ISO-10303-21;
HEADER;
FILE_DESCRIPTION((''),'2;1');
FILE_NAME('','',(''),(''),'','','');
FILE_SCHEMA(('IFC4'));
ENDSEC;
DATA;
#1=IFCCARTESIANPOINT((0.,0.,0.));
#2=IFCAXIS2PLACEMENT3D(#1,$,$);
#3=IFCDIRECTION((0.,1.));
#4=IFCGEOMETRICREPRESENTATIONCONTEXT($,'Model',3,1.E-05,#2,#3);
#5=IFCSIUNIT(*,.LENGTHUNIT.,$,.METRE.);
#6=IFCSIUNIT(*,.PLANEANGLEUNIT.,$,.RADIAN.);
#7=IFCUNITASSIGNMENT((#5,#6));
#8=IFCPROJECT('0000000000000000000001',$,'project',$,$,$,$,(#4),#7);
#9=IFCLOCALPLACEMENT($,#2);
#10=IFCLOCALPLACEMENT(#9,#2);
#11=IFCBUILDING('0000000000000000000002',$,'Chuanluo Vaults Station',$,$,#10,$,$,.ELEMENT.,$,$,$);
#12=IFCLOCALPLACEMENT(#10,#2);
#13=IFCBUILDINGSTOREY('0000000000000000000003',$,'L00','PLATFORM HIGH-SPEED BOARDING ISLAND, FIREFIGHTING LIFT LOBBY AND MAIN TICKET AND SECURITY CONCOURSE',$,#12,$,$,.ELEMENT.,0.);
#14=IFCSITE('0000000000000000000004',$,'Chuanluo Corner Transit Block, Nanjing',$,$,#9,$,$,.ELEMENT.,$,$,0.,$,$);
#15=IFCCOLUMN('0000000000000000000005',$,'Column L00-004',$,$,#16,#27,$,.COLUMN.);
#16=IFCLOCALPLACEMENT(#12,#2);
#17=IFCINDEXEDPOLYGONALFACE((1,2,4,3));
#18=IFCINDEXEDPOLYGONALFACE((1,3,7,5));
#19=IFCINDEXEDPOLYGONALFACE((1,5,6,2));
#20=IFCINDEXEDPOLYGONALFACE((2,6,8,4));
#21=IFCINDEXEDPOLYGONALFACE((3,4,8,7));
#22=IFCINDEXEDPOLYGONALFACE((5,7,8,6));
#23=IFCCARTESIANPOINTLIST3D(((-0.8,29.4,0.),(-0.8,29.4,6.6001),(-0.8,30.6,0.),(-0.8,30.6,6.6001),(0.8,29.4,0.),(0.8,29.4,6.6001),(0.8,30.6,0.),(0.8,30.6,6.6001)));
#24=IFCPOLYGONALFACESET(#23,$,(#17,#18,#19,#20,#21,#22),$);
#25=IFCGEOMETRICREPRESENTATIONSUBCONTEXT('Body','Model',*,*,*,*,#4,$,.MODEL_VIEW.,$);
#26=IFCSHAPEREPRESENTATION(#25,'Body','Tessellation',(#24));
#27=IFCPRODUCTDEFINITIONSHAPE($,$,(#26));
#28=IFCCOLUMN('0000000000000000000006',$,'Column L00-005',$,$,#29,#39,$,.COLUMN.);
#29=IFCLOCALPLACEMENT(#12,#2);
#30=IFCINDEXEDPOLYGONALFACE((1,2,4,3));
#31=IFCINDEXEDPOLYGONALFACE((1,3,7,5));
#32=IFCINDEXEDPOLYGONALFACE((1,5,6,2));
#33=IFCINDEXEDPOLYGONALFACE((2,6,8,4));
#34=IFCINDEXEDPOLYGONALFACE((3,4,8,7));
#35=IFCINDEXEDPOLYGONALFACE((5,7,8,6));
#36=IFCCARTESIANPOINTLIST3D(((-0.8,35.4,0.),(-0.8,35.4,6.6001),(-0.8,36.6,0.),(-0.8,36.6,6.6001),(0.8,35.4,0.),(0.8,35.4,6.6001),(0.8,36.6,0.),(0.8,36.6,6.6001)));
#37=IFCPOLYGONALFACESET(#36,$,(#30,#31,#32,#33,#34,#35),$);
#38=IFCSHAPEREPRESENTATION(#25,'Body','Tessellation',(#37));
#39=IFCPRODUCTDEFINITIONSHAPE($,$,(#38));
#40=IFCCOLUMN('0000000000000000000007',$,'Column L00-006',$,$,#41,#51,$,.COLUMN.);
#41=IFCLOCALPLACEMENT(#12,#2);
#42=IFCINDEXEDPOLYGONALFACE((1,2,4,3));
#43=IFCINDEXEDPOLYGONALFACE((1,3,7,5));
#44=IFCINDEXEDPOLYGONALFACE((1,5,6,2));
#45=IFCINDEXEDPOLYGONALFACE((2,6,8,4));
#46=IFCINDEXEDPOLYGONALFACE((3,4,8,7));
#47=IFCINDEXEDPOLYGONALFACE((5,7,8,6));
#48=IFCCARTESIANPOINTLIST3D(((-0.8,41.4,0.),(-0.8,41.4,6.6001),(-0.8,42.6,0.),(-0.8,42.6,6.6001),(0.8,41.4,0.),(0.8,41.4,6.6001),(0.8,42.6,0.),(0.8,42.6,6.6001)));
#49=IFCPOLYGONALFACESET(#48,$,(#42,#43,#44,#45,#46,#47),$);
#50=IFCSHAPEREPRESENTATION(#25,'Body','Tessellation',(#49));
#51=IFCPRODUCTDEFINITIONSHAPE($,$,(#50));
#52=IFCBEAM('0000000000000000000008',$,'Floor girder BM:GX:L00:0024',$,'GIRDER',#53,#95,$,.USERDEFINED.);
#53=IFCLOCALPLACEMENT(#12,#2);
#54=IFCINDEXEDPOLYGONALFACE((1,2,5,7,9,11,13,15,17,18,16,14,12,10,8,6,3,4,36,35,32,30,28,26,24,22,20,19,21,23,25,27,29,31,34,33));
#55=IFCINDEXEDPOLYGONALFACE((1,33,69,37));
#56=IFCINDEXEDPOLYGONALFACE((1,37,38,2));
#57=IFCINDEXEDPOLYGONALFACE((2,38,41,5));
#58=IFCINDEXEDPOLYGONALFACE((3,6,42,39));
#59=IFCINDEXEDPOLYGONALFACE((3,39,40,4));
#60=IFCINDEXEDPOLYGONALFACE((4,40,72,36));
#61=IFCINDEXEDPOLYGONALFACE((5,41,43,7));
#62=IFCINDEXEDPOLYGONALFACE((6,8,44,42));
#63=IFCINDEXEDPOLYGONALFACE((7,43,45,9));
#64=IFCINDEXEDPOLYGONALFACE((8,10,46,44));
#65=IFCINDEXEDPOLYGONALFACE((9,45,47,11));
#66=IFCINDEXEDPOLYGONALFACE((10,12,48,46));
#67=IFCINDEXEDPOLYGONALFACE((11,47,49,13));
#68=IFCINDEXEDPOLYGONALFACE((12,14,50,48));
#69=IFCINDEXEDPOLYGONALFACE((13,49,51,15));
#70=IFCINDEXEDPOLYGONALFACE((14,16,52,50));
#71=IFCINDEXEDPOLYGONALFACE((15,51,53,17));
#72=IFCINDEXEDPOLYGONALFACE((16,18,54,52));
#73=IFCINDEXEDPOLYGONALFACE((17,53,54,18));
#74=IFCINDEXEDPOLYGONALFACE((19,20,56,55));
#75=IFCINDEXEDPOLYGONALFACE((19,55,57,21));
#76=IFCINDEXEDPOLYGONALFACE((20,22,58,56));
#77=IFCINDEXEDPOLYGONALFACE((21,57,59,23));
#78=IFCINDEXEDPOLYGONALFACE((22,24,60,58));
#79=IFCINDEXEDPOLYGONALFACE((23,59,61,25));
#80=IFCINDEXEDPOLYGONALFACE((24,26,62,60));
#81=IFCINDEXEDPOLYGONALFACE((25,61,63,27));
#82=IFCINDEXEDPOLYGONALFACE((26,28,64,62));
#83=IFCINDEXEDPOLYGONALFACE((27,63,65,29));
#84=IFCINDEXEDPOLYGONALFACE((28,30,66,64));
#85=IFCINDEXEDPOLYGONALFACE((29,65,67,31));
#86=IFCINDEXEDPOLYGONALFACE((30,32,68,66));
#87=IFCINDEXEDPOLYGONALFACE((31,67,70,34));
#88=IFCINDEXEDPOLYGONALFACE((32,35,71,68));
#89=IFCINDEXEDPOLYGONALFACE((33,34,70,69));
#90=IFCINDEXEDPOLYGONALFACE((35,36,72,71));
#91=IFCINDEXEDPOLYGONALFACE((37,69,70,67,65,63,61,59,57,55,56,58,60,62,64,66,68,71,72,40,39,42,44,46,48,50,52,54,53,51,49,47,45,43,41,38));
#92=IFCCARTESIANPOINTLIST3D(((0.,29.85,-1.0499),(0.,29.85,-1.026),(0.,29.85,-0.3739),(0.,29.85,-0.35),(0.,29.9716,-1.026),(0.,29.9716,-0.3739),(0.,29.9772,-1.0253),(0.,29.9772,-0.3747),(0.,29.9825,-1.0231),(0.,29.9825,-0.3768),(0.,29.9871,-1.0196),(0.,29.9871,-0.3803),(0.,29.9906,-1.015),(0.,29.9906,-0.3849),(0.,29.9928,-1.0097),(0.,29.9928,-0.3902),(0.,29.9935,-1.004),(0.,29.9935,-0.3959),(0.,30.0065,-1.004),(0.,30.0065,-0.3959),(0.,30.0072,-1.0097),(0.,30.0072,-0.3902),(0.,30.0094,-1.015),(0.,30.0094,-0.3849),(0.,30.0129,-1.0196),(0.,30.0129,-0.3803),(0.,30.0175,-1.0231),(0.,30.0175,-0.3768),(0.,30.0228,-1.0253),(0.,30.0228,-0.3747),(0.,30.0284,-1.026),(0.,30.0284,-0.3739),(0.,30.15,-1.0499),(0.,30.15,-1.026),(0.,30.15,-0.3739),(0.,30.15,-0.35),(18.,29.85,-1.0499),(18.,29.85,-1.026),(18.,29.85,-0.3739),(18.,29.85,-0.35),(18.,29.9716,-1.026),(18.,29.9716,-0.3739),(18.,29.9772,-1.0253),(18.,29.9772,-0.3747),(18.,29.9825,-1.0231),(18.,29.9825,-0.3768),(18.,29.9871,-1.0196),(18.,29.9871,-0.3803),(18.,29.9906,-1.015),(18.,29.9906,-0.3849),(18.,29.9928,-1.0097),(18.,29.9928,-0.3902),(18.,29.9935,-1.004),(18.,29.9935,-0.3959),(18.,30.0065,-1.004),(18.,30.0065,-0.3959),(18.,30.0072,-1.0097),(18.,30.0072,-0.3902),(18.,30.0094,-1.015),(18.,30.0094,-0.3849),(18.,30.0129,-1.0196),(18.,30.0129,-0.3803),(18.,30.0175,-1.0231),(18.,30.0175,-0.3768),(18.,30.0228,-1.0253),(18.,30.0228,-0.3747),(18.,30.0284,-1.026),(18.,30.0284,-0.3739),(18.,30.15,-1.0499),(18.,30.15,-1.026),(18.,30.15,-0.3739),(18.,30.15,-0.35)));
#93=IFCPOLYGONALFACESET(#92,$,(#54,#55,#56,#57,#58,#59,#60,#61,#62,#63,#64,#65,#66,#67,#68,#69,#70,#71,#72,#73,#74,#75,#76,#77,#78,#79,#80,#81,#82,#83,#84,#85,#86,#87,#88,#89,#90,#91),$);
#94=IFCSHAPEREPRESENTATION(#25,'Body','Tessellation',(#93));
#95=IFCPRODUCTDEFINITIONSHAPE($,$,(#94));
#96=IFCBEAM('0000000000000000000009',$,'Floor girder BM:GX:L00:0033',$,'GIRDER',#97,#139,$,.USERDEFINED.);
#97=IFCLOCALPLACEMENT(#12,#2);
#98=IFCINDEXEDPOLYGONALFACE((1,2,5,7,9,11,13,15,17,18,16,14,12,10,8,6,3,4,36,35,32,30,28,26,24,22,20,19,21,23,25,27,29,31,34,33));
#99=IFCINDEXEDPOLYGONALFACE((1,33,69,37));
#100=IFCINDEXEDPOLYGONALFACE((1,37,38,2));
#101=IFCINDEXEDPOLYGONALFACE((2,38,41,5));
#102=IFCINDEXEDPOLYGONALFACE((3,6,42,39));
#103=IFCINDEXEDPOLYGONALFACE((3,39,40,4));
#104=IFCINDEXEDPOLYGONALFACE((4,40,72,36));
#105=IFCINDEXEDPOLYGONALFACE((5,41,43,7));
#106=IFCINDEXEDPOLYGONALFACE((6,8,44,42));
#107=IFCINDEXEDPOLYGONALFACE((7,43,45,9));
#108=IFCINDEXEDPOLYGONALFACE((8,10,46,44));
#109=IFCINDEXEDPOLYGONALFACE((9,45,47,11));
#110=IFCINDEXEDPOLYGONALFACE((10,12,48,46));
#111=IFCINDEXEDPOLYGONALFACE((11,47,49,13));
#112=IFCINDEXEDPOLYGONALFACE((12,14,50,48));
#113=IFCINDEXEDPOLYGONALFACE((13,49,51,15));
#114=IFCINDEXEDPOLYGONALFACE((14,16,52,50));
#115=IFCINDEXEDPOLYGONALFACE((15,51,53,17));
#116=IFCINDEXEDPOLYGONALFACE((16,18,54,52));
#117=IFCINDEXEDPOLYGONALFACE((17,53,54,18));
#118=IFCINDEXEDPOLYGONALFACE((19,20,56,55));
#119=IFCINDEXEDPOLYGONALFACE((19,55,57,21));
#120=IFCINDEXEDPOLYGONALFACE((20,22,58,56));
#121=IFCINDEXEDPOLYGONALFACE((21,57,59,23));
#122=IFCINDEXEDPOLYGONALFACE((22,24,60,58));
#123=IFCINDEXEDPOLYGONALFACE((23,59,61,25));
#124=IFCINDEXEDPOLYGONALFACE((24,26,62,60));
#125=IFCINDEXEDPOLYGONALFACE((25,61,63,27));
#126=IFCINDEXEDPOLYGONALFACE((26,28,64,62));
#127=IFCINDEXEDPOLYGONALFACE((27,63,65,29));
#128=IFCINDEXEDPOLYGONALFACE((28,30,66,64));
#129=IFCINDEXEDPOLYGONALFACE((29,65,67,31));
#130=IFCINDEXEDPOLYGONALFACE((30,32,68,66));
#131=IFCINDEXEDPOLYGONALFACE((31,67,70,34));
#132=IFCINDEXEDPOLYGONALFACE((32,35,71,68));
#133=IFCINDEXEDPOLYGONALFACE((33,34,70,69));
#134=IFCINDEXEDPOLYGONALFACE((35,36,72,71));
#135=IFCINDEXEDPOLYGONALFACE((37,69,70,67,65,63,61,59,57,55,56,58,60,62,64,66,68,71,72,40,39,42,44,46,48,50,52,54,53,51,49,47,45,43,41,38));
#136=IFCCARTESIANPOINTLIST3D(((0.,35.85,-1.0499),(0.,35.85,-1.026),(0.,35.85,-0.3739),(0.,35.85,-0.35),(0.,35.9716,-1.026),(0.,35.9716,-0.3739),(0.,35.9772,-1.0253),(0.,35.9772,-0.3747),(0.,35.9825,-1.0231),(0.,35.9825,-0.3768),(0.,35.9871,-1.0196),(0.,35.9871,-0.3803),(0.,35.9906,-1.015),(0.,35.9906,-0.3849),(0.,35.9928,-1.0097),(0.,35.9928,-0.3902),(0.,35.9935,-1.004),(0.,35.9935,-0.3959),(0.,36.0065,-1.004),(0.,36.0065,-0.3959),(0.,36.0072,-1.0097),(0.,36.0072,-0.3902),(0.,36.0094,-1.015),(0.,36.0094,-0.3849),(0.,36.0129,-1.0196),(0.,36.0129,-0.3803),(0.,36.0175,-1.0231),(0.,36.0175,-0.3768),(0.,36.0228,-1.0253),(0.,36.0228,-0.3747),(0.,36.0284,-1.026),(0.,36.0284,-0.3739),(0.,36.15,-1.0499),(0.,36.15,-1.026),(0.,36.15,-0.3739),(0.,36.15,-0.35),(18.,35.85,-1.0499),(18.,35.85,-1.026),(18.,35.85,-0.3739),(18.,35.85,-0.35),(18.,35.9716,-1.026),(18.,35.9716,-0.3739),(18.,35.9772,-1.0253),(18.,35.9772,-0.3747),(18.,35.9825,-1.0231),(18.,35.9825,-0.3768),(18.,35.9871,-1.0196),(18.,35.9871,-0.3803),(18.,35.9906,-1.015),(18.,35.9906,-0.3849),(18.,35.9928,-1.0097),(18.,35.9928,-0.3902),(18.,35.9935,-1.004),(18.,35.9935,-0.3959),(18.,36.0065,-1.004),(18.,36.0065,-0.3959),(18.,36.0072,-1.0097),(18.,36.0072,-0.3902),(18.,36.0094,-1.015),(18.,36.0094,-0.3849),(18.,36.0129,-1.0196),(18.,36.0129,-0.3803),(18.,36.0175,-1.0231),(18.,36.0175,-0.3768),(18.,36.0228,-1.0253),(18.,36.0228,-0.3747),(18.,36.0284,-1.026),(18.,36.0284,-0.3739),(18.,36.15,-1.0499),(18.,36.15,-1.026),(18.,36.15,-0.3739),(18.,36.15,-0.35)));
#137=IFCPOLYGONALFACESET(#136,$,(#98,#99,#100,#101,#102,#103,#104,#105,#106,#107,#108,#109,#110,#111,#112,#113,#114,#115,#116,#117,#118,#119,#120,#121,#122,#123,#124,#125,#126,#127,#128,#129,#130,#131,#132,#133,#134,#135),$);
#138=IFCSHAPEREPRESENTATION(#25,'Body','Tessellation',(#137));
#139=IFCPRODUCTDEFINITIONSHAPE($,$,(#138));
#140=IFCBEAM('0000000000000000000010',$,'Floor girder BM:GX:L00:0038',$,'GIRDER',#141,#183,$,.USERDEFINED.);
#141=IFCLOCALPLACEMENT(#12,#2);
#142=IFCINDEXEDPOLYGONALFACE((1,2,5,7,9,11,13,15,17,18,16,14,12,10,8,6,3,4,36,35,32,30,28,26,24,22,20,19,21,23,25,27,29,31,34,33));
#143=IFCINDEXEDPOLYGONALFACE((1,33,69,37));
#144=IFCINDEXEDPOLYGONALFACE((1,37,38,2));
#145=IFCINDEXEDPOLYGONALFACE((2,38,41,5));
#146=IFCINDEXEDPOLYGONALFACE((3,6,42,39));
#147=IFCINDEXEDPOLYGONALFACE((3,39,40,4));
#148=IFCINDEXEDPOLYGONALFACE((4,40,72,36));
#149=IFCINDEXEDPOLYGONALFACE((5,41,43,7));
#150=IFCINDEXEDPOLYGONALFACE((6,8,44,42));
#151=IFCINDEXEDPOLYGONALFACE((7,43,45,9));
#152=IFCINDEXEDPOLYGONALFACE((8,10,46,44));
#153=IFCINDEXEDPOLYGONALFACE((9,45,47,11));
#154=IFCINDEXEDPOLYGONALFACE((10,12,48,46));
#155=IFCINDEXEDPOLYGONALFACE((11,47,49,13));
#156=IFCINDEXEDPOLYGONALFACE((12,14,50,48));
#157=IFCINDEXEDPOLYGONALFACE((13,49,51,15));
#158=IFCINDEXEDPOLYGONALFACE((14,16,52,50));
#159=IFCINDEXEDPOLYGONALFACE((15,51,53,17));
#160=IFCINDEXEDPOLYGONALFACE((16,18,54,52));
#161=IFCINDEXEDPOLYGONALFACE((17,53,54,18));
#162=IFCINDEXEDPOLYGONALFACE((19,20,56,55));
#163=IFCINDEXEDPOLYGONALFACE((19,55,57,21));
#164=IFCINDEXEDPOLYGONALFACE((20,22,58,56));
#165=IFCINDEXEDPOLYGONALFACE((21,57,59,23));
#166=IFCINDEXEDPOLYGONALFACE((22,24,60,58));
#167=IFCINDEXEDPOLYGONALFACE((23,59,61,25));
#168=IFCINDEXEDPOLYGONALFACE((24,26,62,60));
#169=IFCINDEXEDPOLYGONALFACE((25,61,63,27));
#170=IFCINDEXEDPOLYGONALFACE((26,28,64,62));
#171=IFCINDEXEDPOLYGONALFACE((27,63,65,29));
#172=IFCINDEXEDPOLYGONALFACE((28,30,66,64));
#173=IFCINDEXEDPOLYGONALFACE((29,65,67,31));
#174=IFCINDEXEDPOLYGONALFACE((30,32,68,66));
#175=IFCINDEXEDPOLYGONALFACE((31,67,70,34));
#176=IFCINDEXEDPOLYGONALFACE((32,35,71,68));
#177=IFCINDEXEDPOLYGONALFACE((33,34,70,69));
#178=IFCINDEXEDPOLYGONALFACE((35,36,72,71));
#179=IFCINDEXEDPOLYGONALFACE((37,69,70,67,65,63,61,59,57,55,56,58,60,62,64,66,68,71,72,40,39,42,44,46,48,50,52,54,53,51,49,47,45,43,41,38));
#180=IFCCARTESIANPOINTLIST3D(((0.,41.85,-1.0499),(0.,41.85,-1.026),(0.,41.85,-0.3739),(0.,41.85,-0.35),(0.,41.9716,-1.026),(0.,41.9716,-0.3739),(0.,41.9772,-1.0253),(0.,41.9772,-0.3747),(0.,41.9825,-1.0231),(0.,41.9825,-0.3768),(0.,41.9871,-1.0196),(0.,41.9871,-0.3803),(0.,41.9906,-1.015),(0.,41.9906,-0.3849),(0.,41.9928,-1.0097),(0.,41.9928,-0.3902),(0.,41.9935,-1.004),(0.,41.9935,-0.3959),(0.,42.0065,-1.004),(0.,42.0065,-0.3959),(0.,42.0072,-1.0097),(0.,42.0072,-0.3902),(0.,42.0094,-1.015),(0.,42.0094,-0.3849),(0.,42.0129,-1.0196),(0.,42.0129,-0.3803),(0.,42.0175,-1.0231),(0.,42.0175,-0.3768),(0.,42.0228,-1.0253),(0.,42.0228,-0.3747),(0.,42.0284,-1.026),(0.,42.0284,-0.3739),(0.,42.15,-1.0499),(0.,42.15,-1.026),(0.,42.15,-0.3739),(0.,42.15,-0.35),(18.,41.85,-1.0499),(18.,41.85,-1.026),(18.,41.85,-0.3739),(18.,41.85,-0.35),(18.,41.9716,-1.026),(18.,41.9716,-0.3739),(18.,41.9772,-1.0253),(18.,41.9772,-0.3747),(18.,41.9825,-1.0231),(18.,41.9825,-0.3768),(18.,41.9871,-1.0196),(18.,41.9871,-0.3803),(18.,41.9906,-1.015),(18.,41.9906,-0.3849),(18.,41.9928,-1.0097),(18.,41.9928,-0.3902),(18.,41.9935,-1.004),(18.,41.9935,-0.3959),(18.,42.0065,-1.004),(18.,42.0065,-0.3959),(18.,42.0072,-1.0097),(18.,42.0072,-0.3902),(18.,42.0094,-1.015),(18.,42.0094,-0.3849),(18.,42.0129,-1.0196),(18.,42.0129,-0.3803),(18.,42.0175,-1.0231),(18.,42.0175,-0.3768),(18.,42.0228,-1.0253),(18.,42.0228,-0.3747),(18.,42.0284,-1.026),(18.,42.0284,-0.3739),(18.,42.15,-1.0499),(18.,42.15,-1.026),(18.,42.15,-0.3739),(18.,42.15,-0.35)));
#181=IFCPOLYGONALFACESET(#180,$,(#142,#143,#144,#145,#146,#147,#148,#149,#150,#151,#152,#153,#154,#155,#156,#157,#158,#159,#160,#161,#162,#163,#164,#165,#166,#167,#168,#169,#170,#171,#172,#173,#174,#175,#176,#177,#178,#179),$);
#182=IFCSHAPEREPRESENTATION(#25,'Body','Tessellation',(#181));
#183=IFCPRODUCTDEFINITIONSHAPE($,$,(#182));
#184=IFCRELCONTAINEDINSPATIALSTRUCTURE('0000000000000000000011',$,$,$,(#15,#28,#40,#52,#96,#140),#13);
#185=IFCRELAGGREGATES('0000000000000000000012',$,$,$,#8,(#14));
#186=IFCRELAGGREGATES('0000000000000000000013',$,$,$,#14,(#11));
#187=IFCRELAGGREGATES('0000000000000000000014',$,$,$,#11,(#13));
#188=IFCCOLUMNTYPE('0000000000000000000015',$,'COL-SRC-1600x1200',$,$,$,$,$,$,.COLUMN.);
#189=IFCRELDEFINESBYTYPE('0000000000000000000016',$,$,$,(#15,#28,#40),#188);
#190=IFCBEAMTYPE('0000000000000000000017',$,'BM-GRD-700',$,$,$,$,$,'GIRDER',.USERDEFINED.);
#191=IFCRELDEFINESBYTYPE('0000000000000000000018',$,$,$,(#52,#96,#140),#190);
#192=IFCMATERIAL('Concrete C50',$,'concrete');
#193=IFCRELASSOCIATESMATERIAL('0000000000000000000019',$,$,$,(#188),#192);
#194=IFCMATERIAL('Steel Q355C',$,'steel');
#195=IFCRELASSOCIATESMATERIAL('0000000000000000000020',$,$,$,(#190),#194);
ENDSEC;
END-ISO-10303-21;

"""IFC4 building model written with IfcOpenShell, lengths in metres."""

from ifc_helpers import new_model, si_unit, direction, frame, origin, origin_2d, place, context, subcontext, project, spatial, rectangle, i_section, extrude, material, material_profile, profile_set, type_object, element, save


model = new_model("IFC4")

# Units and contexts
model_context = context("Model", 3, precision=1e-05, world=origin(), true_north=direction((0.0, 1.0)))
body_context = subcontext(model_context, "Body", "Model", "MODEL_VIEW")
ifc_project = project(units=[si_unit("LENGTHUNIT", "METRE"), si_unit("PLANEANGLEUNIT", "RADIAN")], contexts=[model_context])

# Site, building, storey
site_placement = place(None, origin())
site = spatial("IfcSite", under=ifc_project, at=site_placement, Name="Chuanluo Corner Transit Block, Nanjing", CompositionType="ELEMENT", RefElevation=0.0)
building_placement = place(site_placement, origin())
building = spatial("IfcBuilding", under=site, at=building_placement, Name="Chuanluo Vaults Station", CompositionType="ELEMENT")
storey_placement = place(building_placement, origin())
storey = spatial("IfcBuildingStorey", under=building, at=storey_placement, Name="L00", Description="PLATFORM HIGH-SPEED BOARDING ISLAND, FIREFIGHTING LIFT LOBBY AND MAIN TICKET AND SECURITY CONCOURSE", CompositionType="ELEMENT", Elevation=0.0)

# Columns
ifc_material_1 = material(Name="Concrete C50", Category="concrete")
ifc_material_profile_1 = material_profile(ifc_material_1, rectangle(XDim=1.6001, YDim=1.2, at=origin_2d()))
ifc_profile_set_1 = profile_set([ifc_material_profile_1], Name="Concrete C50")
column_type = type_object("IfcColumnType", Name="COL-SRC-1600x1200", PredefinedType="COLUMN", material=ifc_profile_set_1)
for number, where, z_axis, x_axis, name in (
    (1, (0.0, 30.0, 0.0), (0.0, 0.0, 1.0), (1.0, 0.0, 0.0), "Column L00-004"),
    (2, (0.0, 36.0, 0.0), (0.0, 0.0, 1.0), (1.0, 0.0, 0.0), "Column L00-005"),
    (3, (0.0, 42.0, 0.0), (0.0, 0.0, 1.0), (1.0, 0.0, 0.0), "Column L00-006"),
):
    element("IfcColumn", number, at=place(storey_placement, frame(where, z_axis=z_axis, x_axis=x_axis)), inside=storey, type_object=column_type, Name=name, PredefinedType="COLUMN", context=body_context, shape_type="SweptSolid", body=[
        extrude(rectangle(XDim=1.6001, YDim=1.2, at=origin_2d()), origin(), (0.0, 0.0, 1.0), 6.6001),
    ])

# Beams
ifc_material_2 = material(Name="Steel Q355C", Category="steel")
ifc_material_profile_2 = material_profile(ifc_material_2, i_section(OverallWidth=0.3, OverallDepth=0.7, WebThickness=0.0129, FlangeThickness=0.0239, FilletRadius=0.022, at=origin_2d()))
ifc_profile_set_2 = profile_set([ifc_material_profile_2], Name="Steel Q355C")
beam_type_1 = type_object("IfcBeamType", Name="BM-GRD-700", ElementType="GIRDER", PredefinedType="USERDEFINED", material=ifc_profile_set_2)
for number, where, z_axis, x_axis, name in (
    (4, (0.0, 30.0, -0.7), (1.0, 0.0, 0.0), (0.0, 1.0, 0.0), "Floor girder BM:GX:L00:0024"),
    (5, (0.0, 36.0, -0.7), (1.0, 0.0, 0.0), (0.0, 1.0, 0.0), "Floor girder BM:GX:L00:0033"),
    (6, (0.0, 42.0, -0.7), (1.0, 0.0, 0.0), (0.0, 1.0, 0.0), "Floor girder BM:GX:L00:0038"),
):
    element("IfcBeam", number, at=place(storey_placement, frame(where, z_axis=z_axis, x_axis=x_axis)), inside=storey, type_object=beam_type_1, Name=name, ObjectType="GIRDER", PredefinedType="USERDEFINED", context=body_context, shape_type="SweptSolid", body=[
        extrude(i_section(OverallWidth=0.3, OverallDepth=0.7, WebThickness=0.0129, FlangeThickness=0.0239, FilletRadius=0.022, at=origin_2d()), origin(), (0.0, 0.0, 1.0), 18.0),
    ])

save(model, "model.ifc")
